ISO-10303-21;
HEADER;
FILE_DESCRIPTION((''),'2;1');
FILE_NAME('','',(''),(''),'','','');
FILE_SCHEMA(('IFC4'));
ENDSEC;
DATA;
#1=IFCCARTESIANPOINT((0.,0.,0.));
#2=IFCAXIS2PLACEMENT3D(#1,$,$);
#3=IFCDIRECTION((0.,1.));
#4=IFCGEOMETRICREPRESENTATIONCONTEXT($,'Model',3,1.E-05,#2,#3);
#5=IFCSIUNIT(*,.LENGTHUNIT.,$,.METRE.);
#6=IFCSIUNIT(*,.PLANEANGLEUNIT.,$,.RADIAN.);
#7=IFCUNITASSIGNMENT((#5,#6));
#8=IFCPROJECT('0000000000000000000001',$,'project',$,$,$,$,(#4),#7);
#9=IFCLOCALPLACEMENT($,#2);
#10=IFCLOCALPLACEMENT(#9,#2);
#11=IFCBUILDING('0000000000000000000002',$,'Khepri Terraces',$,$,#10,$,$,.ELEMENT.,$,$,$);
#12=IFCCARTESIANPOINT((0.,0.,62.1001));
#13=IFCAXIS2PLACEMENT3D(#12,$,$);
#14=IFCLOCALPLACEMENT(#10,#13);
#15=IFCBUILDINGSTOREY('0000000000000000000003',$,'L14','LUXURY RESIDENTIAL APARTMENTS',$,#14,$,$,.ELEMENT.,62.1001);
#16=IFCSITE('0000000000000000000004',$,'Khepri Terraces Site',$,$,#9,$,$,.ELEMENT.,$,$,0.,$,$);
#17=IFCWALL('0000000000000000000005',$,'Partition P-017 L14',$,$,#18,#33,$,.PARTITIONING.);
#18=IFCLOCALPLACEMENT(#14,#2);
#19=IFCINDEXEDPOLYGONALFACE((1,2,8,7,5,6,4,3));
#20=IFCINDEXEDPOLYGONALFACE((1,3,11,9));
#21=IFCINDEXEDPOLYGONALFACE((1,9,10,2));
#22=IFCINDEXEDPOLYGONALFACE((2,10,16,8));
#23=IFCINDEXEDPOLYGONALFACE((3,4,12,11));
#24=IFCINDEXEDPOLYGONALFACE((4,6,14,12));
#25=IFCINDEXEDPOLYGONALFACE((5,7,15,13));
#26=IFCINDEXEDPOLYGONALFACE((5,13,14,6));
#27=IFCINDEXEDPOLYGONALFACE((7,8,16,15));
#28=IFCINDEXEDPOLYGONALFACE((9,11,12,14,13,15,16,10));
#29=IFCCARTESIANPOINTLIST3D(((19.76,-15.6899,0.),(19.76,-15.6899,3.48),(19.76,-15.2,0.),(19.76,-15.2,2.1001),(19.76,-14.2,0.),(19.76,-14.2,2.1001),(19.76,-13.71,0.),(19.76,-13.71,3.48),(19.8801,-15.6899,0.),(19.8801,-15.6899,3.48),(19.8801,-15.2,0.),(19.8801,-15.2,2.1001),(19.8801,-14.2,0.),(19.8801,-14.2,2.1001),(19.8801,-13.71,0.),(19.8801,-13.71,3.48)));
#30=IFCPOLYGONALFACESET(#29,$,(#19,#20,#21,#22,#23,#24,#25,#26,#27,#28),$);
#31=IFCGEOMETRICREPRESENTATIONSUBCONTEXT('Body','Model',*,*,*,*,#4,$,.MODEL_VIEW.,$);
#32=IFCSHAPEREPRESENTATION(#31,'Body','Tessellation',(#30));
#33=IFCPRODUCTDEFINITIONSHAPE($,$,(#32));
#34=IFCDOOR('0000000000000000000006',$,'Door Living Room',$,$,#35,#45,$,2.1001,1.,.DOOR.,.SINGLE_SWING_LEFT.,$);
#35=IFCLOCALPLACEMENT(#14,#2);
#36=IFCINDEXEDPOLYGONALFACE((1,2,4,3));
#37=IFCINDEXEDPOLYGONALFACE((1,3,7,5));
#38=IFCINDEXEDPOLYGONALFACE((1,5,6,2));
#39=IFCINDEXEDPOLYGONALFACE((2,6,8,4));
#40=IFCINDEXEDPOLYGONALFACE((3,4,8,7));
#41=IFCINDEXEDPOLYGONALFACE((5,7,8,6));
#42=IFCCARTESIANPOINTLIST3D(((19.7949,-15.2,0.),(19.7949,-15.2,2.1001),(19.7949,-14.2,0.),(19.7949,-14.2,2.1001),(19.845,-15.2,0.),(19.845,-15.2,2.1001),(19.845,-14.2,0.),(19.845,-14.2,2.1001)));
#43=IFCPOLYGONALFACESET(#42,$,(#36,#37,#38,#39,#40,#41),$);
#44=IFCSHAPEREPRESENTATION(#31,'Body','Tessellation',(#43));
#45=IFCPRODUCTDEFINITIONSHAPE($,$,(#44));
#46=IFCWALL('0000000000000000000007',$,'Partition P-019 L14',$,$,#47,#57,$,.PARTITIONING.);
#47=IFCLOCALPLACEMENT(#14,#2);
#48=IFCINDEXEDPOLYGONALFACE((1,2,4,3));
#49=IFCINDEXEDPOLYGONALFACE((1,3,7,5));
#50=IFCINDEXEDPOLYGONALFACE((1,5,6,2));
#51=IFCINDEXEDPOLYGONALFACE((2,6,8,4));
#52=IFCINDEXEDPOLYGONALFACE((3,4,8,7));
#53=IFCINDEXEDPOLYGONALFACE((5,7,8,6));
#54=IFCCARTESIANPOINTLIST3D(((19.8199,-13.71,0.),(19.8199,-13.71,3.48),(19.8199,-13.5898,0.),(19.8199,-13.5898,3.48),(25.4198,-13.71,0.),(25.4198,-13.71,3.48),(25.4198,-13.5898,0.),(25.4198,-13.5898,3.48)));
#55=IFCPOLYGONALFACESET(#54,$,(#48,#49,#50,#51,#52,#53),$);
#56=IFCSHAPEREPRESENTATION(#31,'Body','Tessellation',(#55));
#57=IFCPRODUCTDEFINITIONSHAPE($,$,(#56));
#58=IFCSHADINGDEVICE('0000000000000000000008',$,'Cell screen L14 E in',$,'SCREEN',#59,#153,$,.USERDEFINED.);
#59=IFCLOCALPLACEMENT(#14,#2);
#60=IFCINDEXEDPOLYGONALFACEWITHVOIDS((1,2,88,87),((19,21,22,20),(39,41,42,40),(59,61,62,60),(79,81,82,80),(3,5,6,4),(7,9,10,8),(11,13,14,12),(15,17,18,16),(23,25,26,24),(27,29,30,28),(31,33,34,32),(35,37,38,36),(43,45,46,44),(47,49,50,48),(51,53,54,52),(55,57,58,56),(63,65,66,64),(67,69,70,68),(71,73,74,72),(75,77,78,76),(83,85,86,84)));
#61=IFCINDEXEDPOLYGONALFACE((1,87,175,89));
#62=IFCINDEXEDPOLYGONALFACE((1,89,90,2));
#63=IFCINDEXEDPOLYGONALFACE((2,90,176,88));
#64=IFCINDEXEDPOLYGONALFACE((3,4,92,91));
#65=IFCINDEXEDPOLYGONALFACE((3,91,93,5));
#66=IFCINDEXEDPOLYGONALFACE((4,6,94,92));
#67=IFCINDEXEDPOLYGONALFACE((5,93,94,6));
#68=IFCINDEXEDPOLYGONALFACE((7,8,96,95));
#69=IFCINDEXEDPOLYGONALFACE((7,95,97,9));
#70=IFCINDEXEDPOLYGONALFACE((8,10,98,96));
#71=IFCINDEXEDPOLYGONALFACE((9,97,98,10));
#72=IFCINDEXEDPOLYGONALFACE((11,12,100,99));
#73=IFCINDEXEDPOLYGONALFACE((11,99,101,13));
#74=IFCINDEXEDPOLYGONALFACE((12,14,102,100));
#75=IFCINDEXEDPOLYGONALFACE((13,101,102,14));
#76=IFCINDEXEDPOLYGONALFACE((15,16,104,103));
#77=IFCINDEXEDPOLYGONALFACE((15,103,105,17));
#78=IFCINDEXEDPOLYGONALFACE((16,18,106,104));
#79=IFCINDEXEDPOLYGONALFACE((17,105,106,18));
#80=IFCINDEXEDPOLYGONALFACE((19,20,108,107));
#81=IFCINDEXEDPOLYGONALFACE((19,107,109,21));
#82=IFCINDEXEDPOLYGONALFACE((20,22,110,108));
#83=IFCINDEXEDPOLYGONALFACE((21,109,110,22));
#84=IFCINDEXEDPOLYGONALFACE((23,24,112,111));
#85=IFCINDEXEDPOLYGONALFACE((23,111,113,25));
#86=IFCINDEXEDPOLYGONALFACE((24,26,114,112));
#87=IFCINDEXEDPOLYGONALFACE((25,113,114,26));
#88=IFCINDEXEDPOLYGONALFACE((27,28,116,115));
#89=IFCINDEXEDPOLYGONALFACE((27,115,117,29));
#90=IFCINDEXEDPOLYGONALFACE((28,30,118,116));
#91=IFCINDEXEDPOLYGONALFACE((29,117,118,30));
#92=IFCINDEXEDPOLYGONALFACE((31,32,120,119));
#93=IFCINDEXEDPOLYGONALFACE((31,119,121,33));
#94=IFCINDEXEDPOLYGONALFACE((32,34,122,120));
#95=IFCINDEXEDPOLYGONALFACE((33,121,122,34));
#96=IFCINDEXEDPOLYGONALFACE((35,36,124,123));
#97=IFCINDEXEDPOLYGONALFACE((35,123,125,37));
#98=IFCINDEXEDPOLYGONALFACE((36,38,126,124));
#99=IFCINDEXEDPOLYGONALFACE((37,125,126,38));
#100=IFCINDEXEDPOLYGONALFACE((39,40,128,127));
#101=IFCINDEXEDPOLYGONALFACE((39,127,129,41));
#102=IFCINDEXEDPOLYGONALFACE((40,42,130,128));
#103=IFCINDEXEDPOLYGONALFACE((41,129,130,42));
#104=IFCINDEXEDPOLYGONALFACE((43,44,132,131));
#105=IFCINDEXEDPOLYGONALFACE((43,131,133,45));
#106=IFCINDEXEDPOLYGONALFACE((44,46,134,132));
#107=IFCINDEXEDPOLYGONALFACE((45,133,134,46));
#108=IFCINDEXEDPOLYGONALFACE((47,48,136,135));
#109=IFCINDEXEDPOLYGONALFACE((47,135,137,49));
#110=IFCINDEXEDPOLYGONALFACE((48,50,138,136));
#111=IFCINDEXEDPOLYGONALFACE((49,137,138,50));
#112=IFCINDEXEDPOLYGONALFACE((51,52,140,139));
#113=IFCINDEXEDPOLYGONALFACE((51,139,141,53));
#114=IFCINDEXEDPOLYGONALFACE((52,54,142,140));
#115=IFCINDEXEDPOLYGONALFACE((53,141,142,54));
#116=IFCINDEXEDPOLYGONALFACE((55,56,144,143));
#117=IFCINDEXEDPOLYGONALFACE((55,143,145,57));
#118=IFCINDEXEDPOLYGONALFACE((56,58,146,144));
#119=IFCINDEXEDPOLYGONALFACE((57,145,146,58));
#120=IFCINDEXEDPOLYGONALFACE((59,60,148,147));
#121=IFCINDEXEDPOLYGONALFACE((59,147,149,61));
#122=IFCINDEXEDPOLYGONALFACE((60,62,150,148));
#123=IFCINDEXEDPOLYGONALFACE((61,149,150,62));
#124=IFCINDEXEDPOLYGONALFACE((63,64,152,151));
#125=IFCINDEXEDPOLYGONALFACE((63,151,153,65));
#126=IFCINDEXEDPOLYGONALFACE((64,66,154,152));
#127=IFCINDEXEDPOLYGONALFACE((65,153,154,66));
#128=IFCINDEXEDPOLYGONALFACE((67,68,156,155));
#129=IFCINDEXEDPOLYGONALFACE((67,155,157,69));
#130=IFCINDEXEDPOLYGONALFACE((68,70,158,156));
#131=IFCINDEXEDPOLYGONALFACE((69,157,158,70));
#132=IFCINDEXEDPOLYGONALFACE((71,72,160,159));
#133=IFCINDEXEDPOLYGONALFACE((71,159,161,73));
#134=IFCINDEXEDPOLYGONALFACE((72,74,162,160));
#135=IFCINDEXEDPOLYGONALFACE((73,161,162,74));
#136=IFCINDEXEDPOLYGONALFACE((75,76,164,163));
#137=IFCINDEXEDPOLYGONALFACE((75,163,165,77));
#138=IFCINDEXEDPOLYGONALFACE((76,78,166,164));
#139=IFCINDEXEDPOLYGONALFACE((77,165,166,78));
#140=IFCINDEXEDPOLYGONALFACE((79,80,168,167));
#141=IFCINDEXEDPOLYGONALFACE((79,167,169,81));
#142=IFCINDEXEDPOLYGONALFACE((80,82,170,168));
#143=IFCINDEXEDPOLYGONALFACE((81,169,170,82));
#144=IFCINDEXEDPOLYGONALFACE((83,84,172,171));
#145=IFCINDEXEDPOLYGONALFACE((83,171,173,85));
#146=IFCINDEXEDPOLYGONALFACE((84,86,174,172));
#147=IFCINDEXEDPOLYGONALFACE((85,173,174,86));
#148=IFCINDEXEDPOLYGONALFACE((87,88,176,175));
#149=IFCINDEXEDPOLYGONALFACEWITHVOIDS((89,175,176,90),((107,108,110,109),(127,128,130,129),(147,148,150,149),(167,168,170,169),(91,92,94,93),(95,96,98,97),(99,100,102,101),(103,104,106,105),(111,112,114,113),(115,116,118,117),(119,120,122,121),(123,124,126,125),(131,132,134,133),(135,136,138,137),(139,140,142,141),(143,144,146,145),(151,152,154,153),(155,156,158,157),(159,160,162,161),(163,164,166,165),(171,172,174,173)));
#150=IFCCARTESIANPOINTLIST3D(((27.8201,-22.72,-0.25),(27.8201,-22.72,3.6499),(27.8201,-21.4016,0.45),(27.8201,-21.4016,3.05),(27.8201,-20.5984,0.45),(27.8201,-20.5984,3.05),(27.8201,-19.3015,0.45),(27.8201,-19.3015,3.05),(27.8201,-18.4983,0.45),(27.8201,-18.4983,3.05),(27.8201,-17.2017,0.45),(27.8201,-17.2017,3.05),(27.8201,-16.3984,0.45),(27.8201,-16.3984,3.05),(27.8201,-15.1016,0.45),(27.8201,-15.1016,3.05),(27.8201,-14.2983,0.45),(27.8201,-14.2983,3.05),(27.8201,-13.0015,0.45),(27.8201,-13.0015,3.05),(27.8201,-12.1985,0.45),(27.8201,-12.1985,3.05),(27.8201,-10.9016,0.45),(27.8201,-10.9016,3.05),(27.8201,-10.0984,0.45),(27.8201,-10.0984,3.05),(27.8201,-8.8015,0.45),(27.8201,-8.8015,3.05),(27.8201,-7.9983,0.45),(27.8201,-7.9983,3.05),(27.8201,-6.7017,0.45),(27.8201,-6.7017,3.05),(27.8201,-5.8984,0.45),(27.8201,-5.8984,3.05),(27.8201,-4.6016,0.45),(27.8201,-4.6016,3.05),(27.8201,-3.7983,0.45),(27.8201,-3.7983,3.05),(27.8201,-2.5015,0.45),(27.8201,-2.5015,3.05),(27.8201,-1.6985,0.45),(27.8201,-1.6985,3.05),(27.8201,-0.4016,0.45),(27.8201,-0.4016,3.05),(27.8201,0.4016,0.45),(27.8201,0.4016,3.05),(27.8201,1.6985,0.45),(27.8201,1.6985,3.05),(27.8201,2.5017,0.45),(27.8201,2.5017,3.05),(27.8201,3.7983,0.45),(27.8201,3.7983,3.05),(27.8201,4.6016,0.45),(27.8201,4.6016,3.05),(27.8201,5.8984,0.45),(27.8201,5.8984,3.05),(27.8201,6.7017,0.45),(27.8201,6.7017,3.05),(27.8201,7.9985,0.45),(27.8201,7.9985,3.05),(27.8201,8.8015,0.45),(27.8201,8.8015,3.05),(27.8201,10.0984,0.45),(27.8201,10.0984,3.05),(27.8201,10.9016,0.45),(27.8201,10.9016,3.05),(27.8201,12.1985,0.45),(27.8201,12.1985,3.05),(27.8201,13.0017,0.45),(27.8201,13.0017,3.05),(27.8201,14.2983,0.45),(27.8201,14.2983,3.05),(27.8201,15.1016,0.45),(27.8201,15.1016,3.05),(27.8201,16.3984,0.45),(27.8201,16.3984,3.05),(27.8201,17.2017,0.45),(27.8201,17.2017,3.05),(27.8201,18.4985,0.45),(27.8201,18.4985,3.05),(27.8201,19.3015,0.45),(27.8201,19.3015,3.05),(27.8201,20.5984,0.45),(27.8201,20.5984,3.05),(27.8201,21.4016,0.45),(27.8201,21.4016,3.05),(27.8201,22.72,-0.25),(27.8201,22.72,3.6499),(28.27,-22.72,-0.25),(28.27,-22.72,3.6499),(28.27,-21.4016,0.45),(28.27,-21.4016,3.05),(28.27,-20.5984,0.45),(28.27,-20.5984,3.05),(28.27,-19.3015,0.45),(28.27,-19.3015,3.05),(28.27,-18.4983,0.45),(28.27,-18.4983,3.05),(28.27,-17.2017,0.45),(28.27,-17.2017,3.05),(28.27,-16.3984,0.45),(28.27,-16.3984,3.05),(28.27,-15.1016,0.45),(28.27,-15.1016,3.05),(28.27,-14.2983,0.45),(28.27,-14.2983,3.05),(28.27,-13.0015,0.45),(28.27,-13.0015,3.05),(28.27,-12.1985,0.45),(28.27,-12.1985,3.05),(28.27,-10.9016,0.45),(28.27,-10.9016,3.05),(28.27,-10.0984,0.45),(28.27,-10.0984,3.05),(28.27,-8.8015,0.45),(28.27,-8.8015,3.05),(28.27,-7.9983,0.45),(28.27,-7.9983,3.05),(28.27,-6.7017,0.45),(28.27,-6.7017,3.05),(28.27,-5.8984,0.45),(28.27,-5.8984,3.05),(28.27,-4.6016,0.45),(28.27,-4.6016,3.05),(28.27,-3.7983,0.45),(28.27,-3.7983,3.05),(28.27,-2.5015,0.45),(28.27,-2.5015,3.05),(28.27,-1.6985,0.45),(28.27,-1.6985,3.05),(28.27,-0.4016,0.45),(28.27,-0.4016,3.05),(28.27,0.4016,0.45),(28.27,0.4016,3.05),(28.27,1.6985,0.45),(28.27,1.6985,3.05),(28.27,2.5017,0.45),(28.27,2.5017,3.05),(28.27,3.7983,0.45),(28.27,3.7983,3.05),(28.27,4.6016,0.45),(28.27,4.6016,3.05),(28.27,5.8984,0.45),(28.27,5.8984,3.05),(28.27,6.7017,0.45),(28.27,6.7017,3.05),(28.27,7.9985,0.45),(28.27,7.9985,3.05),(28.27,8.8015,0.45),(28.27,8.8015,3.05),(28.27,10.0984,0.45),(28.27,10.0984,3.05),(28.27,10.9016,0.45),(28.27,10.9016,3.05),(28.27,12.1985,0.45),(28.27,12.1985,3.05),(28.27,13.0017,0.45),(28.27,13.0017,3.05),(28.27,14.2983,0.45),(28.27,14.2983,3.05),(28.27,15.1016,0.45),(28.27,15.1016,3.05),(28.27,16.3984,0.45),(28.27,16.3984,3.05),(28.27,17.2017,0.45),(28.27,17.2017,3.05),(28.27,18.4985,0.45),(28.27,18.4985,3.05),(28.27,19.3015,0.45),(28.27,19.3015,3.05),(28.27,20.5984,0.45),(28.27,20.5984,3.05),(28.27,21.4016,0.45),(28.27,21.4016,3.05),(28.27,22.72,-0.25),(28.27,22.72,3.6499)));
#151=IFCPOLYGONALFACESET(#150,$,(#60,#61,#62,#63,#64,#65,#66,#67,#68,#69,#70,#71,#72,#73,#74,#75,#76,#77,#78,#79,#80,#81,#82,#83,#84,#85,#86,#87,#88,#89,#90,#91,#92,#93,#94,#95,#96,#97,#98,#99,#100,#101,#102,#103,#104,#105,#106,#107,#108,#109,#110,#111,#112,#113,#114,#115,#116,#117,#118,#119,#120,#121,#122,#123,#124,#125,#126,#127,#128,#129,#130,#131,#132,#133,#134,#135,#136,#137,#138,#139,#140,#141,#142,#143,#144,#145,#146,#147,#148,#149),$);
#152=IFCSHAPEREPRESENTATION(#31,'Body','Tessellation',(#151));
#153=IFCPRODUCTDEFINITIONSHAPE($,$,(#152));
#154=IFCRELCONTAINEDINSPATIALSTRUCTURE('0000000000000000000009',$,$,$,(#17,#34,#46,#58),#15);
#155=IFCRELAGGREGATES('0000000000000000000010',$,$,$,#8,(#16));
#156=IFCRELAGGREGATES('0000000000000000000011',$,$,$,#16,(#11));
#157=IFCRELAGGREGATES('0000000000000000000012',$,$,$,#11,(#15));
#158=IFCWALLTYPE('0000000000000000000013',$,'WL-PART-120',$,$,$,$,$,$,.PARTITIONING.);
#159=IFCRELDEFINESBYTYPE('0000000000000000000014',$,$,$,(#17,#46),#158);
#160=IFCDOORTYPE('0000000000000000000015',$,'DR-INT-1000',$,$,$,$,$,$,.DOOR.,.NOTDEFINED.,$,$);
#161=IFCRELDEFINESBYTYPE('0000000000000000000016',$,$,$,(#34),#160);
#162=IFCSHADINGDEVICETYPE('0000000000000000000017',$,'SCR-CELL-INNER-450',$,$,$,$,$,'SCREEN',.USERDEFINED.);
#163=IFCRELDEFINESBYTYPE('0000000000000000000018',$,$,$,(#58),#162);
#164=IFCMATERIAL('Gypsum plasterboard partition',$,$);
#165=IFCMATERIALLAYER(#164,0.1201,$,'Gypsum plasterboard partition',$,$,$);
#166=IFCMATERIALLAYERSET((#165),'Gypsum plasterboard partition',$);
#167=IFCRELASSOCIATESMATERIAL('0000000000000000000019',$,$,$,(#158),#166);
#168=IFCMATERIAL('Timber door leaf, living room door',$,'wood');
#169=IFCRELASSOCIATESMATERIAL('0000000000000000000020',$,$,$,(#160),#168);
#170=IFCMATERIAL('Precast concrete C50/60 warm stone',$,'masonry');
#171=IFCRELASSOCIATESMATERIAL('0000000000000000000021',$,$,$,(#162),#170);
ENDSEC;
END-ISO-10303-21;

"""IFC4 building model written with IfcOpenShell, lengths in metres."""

from ifc_helpers import new_model, si_unit, direction, frame, frame_2d, origin, place, context, subcontext, project, spatial, polyline, rectangle, outline, extrude, material, layer, layer_set, type_object, element, fill, save


model = new_model("IFC4")

# Units and contexts
model_context = context("Model", 3, precision=1e-05, world=origin(), true_north=direction((0.0, 1.0)))
body_context = subcontext(model_context, "Body", "Model", "MODEL_VIEW")
ifc_project = project(units=[si_unit("LENGTHUNIT", "METRE"), si_unit("PLANEANGLEUNIT", "RADIAN")], contexts=[model_context])

# Site, building, storey
site_placement = place(None, origin())
site = spatial("IfcSite", under=ifc_project, at=site_placement, Name="Khepri Terraces Site", CompositionType="ELEMENT", RefElevation=0.0)
building_placement = place(site_placement, origin())
building = spatial("IfcBuilding", under=site, at=building_placement, Name="Khepri Terraces", CompositionType="ELEMENT")
storey_placement = place(building_placement, frame((0.0, 0.0, 62.1001)))
storey = spatial("IfcBuildingStorey", under=building, at=storey_placement, Name="L14", Description="LUXURY RESIDENTIAL APARTMENTS", CompositionType="ELEMENT", Elevation=62.1001)

# Shared definitions
ifc_material_1 = material(Name="Precast concrete C50/60 warm stone", Category="masonry")

# Shared definitions
ifc_material_2 = material(Name="Gypsum plasterboard partition")
ifc_layer_1 = layer(ifc_material_2, 0.1201, Name="Gypsum plasterboard partition")
ifc_layer_set_1 = layer_set([ifc_layer_1], Name="Gypsum plasterboard partition")
wall_type_1 = type_object("IfcWallType", Name="WL-PART-120", PredefinedType="PARTITIONING", material=ifc_layer_set_1)

# Wall, opening, door
ifc_material_3 = material(Name="Timber door leaf, living room door", Category="wood")
door_type_1 = type_object("IfcDoorType", Name="DR-INT-1000", OperationType="NOTDEFINED", PredefinedType="DOOR", material=ifc_material_3)
wall_1_placement = place(storey_placement, frame((19.8201, -15.6899, 0.0), z_axis=(0.0, 0.0, 1.0), x_axis=(0.0, 1.0, 0.0)))
wall_1 = element("IfcWall", 1, at=wall_1_placement, inside=storey, type_object=wall_type_1, Name="Partition P-017 L14", PredefinedType="PARTITIONING", context=body_context, shape_type="SweptSolid", body=[
    extrude(rectangle(XDim=1.98, YDim=0.1201, at=frame_2d((0.99, 0.0))), origin(), (0.0, 0.0, 1.0), 3.48),
])
opening_1_placement = place(wall_1_placement, frame((0.49, 0.0, 0.0)))
opening_1 = element("IfcOpeningElement", 2, at=opening_1_placement, cuts=wall_1, PredefinedType="OPENING", context=body_context, shape_type="SweptSolid", body=[
    extrude(rectangle(XDim=1.0, YDim=2.1001, at=frame_2d((0.5, 1.05))), frame((0.0, 0.0701, 0.0), z_axis=(0.0, -1.0, 0.0), x_axis=(1.0, 0.0, 0.0)), (0.0, 0.0, 1.0), 0.1401),
])
door_1_placement = place(opening_1_placement, frame((1.0, 0.0, 0.0), z_axis=(0.0, 0.0, 1.0), x_axis=(-1.0, 0.0, 0.0)))
door_1 = element("IfcDoor", 3, at=door_1_placement, inside=storey, type_object=door_type_1, Name="Door Living Room", OperationType="SINGLE_SWING_LEFT", OverallHeight=2.1001, OverallWidth=1.0, PredefinedType="DOOR", context=body_context, shape_type="SweptSolid", body=[
    extrude(rectangle(XDim=1.0, YDim=2.1001, at=frame_2d((0.5, 1.05))), frame((0.0, 0.0249, 0.0), z_axis=(0.0, -1.0, 0.0), x_axis=(1.0, 0.0, 0.0)), (0.0, 0.0, 1.0), 0.05),
])
fill(opening_1, door_1)

# Wall
wall_2_placement = place(storey_placement, frame((19.8201, -13.6499, 0.0), z_axis=(0.0, 0.0, 1.0), x_axis=(1.0, 0.0, 0.0)))
element("IfcWall", 4, at=wall_2_placement, inside=storey, type_object=wall_type_1, Name="Partition P-019 L14", PredefinedType="PARTITIONING", context=body_context, shape_type="SweptSolid", body=[
    extrude(rectangle(XDim=5.5999, YDim=0.1201, at=frame_2d((2.7998, 0.0))), origin(), (0.0, 0.0, 1.0), 3.48),
])

# Shading device
shading_device_type_1 = type_object("IfcShadingDeviceType", Name="SCR-CELL-INNER-450", ElementType="SCREEN", PredefinedType="USERDEFINED", material=ifc_material_1)
shading_device_1_placement = place(storey_placement, frame((27.8201, -22.72, -0.25), z_axis=(1.0, 0.0, 0.0), x_axis=(0.0, 1.0, 0.0)))
element("IfcShadingDevice", 5, at=shading_device_1_placement, inside=storey, type_object=shading_device_type_1, Name="Cell screen L14 E in", ObjectType="SCREEN", PredefinedType="USERDEFINED", context=body_context, shape_type="SweptSolid", body=[
    extrude(outline(polyline([(0.0, 0.0), (45.4399, 0.0), (45.4399, 3.8999), (0.0, 3.8999), (0.0, 0.0)]), holes=[polyline([(1.3184, 0.7), (2.1216, 0.7), (2.1216, 3.3), (1.3184, 3.3), (1.3184, 0.7)]), polyline([(3.4185, 0.7), (4.2217, 0.7), (4.2217, 3.3), (3.4185, 3.3), (3.4185, 0.7)]), polyline([(5.5183, 0.7), (6.3215, 0.7), (6.3215, 3.3), (5.5183, 3.3), (5.5183, 0.7)]), polyline([(7.6184, 0.7), (8.4216, 0.7), (8.4216, 3.3), (7.6184, 3.3), (7.6184, 0.7)]), polyline([(9.7185, 0.7), (10.5215, 0.7), (10.5215, 3.3), (9.7185, 3.3), (9.7185, 0.7)]), polyline([(11.8184, 0.7), (12.6216, 0.7), (12.6216, 3.3), (11.8184, 3.3), (11.8184, 0.7)]), polyline([(13.9185, 0.7), (14.7217, 0.7), (14.7217, 3.3), (13.9185, 3.3), (13.9185, 0.7)]), polyline([(16.0183, 0.7), (16.8215, 0.7), (16.8215, 3.3), (16.0183, 3.3), (16.0183, 0.7)]), polyline([(18.1184, 0.7), (18.9216, 0.7), (18.9216, 3.3), (18.1184, 3.3), (18.1184, 0.7)]), polyline([(20.2185, 0.7), (21.0215, 0.7), (21.0215, 3.3), (20.2185, 3.3), (20.2185, 0.7)]), polyline([(22.3184, 0.7), (23.1216, 0.7), (23.1216, 3.3), (22.3184, 3.3), (22.3184, 0.7)]), polyline([(24.4185, 0.7), (25.2217, 0.7), (25.2217, 3.3), (24.4185, 3.3), (24.4185, 0.7)]), polyline([(26.5183, 0.7), (27.3215, 0.7), (27.3215, 3.3), (26.5183, 3.3), (26.5183, 0.7)]), polyline([(28.6184, 0.7), (29.4216, 0.7), (29.4216, 3.3), (28.6184, 3.3), (28.6184, 0.7)]), polyline([(30.7185, 0.7), (31.5215, 0.7), (31.5215, 3.3), (30.7185, 3.3), (30.7185, 0.7)]), polyline([(32.8184, 0.7), (33.6216, 0.7), (33.6216, 3.3), (32.8184, 3.3), (32.8184, 0.7)]), polyline([(34.9185, 0.7), (35.7217, 0.7), (35.7217, 3.3), (34.9185, 3.3), (34.9185, 0.7)]), polyline([(37.0183, 0.7), (37.8215, 0.7), (37.8215, 3.3), (37.0183, 3.3), (37.0183, 0.7)]), polyline([(39.1184, 0.7), (39.9216, 0.7), (39.9216, 3.3), (39.1184, 3.3), (39.1184, 0.7)]), polyline([(41.2185, 0.7), (42.0215, 0.7), (42.0215, 3.3), (41.2185, 3.3), (41.2185, 0.7)]), polyline([(43.3184, 0.7), (44.1216, 0.7), (44.1216, 3.3), (43.3184, 3.3), (43.3184, 0.7)])]), origin(), (0.0, 0.0, 1.0), 0.45),
])

save(model, "model.ifc")
